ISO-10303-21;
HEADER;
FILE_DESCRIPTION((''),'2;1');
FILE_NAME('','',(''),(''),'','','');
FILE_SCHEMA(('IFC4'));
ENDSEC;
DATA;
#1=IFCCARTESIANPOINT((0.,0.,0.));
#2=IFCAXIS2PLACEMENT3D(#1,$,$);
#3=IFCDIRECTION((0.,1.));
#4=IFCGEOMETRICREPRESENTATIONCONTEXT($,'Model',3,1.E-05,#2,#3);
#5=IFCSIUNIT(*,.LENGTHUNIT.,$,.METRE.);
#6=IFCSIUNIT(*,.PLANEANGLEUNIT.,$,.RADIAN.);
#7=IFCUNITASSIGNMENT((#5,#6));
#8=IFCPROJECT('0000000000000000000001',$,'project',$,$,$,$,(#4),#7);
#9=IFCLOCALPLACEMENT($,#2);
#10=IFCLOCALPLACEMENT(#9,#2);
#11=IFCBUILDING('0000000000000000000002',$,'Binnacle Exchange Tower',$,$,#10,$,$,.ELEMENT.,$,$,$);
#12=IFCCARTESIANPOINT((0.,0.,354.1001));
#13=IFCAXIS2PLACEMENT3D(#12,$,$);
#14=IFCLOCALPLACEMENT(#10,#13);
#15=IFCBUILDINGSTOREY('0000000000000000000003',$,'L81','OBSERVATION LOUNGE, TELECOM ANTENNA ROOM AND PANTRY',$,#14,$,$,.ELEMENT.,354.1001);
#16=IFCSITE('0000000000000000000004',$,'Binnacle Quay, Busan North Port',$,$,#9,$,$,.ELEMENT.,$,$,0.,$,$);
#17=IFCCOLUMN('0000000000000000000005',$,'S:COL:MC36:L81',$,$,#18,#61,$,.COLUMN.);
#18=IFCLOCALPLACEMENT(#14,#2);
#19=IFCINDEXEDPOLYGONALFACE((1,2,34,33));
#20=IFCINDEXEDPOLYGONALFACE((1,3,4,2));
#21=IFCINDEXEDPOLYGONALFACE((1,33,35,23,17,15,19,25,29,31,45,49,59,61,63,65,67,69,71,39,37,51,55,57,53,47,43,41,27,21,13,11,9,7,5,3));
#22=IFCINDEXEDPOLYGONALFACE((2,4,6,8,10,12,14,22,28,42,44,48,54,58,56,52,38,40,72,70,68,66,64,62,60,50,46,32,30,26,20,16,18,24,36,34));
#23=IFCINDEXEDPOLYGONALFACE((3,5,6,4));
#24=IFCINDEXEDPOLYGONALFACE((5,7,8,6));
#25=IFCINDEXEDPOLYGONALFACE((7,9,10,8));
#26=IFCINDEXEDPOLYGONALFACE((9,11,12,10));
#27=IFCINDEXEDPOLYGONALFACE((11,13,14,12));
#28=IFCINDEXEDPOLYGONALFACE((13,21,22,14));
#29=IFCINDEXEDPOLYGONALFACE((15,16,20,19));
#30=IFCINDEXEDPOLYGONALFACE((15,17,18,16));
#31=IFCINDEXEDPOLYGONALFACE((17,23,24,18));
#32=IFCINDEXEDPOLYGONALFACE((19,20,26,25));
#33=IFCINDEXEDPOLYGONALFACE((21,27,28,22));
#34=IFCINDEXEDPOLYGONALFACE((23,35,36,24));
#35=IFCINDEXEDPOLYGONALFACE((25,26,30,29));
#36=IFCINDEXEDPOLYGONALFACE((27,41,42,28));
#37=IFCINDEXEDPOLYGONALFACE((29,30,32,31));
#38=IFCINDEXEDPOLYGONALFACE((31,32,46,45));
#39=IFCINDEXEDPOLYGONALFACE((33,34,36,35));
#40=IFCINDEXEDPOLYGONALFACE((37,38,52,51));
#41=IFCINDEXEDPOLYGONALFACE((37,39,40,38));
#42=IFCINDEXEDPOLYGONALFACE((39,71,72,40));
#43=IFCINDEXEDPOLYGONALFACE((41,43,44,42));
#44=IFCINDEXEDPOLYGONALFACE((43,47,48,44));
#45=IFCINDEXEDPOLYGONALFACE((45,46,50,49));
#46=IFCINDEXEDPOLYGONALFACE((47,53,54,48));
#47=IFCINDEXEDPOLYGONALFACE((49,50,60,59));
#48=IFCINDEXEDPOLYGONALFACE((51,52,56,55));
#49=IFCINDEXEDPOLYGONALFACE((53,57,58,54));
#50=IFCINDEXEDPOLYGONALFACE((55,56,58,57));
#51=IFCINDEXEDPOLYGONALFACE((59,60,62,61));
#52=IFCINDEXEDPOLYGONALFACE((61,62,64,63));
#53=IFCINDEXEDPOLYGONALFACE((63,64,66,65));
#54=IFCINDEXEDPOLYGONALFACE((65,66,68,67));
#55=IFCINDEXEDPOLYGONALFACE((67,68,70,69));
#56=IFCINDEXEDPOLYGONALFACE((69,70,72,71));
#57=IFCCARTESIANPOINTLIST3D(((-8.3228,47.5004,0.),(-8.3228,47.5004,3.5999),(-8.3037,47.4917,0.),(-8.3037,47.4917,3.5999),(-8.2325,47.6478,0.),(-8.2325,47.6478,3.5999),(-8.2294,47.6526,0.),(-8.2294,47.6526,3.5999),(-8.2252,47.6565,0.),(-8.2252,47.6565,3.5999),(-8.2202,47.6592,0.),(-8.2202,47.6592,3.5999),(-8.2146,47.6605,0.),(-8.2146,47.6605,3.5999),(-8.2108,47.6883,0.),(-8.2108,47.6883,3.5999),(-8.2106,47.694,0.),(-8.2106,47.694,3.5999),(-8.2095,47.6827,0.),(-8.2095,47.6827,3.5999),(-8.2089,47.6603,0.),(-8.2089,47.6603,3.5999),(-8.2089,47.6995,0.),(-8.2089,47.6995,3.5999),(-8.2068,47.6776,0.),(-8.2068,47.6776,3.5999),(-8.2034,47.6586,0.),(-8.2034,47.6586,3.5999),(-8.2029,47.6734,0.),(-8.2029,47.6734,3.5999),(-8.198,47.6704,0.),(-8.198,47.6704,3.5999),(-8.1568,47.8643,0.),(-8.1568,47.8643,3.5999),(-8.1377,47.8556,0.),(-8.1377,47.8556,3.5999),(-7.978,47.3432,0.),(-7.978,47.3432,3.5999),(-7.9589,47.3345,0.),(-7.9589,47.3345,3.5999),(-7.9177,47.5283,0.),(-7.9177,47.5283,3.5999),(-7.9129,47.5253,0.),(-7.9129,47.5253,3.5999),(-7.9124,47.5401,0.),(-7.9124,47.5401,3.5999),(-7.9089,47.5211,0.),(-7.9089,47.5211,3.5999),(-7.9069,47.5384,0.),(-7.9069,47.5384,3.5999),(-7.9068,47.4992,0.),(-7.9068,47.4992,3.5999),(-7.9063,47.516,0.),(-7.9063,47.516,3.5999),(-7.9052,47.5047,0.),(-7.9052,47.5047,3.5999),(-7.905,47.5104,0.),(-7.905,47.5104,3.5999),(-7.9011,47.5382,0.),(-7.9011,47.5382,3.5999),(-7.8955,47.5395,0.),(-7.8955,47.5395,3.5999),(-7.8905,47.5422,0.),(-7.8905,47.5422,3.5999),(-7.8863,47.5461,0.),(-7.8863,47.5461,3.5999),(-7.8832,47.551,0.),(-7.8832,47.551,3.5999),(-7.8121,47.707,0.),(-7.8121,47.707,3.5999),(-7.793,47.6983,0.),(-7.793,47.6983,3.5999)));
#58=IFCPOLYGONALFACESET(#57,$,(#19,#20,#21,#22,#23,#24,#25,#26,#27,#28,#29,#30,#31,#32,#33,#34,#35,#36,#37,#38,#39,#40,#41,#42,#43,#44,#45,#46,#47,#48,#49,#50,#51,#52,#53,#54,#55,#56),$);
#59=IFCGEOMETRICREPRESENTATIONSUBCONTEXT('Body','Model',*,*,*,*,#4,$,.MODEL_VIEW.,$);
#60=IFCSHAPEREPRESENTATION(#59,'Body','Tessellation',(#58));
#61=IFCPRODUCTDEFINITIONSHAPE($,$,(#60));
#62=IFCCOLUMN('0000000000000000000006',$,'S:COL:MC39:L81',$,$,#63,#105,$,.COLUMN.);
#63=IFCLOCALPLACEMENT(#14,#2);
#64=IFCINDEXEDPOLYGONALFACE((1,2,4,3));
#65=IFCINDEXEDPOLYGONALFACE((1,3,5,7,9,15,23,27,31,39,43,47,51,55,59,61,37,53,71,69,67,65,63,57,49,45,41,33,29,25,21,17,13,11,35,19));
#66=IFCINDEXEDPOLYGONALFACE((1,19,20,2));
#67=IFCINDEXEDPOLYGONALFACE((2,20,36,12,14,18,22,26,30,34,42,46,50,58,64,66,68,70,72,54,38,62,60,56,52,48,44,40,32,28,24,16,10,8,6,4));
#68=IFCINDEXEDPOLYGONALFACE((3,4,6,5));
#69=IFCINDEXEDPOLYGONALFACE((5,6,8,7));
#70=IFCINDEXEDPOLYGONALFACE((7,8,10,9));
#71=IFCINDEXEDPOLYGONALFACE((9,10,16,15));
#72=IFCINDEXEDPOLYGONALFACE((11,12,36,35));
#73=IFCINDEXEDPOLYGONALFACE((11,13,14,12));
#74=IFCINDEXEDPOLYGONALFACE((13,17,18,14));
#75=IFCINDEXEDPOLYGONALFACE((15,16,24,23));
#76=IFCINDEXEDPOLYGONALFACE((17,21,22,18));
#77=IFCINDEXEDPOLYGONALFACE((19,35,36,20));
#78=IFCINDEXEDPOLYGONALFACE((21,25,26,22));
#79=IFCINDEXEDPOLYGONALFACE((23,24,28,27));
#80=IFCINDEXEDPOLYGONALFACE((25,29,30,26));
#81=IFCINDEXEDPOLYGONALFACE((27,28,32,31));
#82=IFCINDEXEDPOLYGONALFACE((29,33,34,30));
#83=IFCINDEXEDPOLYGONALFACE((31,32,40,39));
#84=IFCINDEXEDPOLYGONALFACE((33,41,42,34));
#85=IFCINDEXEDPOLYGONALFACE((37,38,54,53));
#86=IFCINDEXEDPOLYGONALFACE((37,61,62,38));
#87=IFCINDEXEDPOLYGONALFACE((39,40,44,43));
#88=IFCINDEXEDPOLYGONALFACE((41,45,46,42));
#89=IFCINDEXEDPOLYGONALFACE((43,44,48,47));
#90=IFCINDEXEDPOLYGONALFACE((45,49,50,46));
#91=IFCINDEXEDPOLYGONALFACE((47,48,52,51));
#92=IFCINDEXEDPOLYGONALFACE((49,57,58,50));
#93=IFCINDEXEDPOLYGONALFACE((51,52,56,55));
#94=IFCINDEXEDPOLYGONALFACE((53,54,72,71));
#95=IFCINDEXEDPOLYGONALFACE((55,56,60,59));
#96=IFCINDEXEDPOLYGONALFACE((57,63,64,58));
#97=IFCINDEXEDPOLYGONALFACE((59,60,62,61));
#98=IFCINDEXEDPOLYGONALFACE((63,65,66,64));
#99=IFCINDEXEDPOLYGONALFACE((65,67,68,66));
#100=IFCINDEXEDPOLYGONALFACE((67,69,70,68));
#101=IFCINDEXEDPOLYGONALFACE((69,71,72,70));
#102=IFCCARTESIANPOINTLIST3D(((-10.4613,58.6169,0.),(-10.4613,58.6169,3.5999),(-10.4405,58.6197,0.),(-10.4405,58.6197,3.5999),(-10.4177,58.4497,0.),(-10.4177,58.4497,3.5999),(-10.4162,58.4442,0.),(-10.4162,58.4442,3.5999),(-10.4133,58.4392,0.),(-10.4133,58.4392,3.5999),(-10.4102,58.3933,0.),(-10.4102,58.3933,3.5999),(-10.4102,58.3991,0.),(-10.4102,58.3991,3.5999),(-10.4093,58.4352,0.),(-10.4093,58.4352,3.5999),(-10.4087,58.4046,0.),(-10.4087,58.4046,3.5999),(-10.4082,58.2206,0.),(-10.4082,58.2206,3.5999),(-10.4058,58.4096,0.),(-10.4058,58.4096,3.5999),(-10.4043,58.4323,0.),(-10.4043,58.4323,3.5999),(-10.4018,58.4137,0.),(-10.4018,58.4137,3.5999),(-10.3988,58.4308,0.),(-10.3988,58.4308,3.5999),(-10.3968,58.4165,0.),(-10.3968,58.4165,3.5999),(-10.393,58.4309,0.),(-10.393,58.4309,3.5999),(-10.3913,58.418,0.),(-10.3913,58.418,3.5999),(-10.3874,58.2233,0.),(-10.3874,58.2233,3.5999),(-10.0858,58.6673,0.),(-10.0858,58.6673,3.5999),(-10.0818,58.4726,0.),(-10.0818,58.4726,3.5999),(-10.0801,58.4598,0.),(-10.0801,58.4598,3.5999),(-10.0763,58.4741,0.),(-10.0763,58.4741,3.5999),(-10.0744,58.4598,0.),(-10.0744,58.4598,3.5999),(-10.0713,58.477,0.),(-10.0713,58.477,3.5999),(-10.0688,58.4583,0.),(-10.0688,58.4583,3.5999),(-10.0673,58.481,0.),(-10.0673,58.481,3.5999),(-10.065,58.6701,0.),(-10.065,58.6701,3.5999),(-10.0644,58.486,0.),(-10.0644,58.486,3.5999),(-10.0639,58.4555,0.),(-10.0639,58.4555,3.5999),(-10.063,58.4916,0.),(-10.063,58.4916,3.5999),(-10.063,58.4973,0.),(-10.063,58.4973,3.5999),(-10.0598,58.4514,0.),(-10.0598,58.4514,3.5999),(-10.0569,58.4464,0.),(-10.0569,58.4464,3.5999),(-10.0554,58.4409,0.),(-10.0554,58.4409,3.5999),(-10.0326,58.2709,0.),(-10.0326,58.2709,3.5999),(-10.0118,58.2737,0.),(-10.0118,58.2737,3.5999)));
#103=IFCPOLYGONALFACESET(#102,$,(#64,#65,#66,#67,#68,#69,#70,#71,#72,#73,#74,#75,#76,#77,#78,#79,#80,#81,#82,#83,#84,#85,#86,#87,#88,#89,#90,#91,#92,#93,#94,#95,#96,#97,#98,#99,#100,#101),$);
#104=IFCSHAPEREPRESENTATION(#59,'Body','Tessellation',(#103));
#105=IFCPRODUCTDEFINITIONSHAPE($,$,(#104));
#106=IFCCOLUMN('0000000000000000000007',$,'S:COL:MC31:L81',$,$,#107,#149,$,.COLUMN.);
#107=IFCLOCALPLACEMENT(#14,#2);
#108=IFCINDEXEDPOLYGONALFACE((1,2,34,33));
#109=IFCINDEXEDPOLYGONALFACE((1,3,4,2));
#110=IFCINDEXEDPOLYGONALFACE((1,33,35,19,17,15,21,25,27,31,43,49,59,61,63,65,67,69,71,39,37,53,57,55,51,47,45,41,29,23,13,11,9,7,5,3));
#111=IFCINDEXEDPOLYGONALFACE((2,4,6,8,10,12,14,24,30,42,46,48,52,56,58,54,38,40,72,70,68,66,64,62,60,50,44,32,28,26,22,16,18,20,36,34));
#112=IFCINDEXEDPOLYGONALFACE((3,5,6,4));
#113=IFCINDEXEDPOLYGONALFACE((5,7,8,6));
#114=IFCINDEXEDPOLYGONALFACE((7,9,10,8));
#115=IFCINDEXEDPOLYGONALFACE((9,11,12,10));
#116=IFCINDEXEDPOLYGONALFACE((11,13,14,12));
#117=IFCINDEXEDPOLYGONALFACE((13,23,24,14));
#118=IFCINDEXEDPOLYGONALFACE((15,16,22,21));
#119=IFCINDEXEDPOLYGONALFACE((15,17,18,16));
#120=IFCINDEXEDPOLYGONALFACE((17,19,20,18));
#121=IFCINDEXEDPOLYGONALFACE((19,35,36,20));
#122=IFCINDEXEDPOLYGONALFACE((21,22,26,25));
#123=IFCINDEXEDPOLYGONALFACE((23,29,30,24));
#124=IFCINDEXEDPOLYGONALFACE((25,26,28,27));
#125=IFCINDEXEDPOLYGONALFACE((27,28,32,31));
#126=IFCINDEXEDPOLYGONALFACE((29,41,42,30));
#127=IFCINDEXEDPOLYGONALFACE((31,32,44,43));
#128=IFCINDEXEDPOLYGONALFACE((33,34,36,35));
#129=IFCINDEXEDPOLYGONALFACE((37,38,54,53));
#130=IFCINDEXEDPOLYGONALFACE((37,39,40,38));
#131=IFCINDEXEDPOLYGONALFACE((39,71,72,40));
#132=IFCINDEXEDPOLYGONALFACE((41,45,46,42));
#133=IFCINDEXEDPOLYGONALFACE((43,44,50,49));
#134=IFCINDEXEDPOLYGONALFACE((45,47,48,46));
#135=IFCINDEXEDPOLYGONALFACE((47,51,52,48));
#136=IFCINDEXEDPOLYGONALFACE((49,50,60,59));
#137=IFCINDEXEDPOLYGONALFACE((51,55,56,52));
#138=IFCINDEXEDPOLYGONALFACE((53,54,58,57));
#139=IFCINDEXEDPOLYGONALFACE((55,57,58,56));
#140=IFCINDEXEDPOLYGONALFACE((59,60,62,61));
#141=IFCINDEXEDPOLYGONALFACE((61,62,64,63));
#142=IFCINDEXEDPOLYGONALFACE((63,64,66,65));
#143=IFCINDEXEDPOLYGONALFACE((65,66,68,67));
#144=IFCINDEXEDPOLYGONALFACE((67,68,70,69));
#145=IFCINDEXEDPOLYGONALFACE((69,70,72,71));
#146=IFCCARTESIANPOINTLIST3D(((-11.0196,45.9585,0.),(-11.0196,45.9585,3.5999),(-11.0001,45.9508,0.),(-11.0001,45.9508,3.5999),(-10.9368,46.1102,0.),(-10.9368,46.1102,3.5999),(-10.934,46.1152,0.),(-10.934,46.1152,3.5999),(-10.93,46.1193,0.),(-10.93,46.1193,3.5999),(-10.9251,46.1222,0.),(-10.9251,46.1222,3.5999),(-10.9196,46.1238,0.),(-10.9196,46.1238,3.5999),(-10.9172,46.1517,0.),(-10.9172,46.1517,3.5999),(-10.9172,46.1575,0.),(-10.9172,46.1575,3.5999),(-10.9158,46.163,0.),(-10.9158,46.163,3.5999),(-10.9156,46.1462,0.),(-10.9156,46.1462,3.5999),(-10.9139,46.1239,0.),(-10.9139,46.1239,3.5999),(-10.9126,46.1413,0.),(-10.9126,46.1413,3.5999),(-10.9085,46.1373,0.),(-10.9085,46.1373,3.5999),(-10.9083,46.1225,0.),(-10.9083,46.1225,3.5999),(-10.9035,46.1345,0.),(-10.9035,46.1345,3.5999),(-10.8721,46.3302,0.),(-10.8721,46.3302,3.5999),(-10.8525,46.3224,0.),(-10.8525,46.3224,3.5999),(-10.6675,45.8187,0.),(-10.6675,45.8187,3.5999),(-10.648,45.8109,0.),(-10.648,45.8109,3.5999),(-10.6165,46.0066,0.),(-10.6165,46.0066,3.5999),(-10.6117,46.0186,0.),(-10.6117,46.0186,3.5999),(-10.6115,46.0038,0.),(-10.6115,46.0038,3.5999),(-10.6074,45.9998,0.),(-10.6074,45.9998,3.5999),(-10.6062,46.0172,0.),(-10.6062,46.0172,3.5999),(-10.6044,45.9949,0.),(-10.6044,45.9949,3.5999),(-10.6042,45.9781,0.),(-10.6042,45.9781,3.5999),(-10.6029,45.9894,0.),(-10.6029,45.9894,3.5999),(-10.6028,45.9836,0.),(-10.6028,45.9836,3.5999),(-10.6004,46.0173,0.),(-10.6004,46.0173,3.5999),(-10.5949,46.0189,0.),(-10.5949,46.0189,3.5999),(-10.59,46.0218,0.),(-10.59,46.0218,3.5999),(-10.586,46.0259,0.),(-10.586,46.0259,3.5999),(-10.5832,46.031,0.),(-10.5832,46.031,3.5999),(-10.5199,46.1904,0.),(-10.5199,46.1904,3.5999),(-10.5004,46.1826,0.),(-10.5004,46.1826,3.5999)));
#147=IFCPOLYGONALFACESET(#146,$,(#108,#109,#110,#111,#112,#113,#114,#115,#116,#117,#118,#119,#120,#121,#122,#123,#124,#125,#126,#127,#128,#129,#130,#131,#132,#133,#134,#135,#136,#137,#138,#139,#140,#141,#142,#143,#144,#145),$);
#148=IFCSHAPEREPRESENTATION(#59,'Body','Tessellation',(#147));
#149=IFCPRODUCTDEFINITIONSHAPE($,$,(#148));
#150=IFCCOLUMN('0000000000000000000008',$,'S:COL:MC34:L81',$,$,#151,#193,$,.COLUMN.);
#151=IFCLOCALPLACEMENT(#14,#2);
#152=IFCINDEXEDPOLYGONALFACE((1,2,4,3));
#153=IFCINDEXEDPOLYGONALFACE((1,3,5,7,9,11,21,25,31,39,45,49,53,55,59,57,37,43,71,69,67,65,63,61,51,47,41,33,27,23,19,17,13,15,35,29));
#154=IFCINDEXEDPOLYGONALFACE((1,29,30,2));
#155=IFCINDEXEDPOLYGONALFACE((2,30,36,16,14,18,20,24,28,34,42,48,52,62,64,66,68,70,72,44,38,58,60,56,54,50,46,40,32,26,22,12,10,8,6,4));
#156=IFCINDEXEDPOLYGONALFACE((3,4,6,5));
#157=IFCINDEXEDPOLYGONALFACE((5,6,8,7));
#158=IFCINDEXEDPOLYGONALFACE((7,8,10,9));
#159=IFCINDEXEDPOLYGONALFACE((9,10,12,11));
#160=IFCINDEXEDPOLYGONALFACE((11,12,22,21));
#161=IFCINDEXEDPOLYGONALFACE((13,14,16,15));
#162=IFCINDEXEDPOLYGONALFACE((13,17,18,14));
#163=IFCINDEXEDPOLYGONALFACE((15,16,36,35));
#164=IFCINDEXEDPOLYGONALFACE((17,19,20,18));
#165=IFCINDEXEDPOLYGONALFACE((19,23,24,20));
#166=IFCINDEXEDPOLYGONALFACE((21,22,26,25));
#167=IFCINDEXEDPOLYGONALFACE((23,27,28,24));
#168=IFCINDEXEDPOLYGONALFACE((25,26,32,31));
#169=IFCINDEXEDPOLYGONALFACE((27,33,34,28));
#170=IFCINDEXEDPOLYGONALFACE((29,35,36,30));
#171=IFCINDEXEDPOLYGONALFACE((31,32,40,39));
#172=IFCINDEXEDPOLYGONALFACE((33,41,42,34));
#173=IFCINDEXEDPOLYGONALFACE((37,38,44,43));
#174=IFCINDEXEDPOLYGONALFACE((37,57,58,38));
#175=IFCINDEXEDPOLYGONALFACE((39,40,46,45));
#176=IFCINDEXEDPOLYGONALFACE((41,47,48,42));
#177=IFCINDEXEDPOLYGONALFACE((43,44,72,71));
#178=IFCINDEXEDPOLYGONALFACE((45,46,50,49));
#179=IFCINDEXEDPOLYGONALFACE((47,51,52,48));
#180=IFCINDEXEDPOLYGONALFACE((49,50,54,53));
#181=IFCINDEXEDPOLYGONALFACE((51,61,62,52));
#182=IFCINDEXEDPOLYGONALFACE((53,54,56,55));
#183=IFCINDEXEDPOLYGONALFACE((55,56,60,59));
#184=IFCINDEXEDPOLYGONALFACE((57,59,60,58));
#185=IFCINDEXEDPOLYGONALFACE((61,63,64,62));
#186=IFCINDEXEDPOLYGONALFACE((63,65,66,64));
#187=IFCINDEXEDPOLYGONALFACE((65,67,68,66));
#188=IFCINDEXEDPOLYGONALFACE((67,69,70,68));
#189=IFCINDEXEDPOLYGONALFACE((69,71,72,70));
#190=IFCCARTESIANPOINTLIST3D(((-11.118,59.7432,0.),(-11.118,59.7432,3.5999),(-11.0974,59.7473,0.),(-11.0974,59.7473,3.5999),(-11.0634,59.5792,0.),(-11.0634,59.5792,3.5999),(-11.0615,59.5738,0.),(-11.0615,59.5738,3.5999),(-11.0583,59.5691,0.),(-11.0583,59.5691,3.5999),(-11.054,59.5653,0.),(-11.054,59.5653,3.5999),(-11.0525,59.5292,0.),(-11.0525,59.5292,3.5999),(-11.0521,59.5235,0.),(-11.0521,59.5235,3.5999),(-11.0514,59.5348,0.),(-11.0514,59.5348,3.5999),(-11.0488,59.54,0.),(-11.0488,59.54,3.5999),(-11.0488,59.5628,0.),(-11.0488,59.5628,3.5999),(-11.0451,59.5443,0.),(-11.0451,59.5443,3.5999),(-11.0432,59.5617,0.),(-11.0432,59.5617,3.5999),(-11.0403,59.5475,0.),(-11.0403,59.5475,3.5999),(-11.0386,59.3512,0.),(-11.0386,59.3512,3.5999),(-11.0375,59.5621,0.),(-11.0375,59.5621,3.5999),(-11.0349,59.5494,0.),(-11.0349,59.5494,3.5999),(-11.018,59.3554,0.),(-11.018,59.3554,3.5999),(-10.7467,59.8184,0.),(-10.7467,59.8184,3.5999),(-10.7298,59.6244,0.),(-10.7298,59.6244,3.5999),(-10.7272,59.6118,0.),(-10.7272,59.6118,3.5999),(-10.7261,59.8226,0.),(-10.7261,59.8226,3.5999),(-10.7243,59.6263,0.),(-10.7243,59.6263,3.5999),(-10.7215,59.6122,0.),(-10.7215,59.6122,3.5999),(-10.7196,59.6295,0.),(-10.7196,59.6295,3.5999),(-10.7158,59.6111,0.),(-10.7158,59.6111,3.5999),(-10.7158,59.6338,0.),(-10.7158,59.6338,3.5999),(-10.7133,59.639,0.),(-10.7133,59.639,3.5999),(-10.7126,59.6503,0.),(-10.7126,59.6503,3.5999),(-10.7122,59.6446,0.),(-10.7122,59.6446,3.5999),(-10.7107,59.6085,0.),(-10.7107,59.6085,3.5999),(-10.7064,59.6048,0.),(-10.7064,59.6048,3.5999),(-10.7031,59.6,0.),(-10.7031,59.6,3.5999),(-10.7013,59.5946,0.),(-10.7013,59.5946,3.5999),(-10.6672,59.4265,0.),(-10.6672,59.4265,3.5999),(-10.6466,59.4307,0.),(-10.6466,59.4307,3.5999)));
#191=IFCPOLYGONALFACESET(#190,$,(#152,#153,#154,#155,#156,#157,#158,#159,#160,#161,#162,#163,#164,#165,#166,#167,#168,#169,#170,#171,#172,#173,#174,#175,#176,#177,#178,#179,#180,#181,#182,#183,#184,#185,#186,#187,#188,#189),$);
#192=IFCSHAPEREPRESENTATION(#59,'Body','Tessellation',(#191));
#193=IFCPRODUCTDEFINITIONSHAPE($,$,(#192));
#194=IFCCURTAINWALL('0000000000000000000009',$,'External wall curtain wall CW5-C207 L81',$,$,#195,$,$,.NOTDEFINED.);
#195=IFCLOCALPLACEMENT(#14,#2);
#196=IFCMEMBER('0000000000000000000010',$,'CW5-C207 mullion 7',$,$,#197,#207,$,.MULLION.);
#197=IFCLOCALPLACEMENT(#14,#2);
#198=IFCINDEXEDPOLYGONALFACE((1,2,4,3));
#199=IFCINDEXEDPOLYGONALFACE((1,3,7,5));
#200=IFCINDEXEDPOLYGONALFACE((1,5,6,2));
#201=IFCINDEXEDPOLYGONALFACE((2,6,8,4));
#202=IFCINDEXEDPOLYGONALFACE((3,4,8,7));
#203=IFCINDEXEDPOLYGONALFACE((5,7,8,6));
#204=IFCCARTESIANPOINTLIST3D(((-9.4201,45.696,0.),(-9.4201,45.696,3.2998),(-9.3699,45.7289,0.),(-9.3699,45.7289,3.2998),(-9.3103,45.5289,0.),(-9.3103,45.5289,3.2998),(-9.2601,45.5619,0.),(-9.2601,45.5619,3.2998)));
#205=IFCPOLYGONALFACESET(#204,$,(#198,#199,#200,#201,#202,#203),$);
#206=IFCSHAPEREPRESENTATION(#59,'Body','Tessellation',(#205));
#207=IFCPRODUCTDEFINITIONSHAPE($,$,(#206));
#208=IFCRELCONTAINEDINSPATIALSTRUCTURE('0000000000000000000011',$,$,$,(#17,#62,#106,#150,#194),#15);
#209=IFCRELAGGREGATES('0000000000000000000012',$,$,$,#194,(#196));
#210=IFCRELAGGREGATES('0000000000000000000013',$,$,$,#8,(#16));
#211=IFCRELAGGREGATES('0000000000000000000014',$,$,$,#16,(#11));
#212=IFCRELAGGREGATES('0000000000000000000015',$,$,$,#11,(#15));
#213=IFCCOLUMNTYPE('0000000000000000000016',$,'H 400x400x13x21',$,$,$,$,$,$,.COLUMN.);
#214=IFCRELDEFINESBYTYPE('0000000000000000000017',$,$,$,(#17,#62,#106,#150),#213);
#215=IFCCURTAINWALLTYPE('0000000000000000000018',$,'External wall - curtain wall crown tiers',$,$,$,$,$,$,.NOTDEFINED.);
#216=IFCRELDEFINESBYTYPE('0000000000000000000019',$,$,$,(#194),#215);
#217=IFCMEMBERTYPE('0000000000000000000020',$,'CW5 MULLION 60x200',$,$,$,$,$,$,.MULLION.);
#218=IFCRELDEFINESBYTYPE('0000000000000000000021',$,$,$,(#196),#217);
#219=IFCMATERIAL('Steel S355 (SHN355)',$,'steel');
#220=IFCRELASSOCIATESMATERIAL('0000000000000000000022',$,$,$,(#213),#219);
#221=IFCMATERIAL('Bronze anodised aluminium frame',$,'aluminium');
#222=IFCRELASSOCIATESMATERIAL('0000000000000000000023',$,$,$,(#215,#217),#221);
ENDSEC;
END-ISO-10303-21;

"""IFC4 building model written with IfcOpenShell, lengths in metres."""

from ifc_helpers import new_model, si_unit, direction, frame, origin, origin_2d, place, context, subcontext, project, spatial, rectangle, i_section, extrude, material, material_profile, profile_set, type_object, element, aggregate, save


model = new_model("IFC4")

# Units and contexts
model_context = context("Model", 3, precision=1e-05, world=origin(), true_north=direction((0.0, 1.0)))
body_context = subcontext(model_context, "Body", "Model", "MODEL_VIEW")
ifc_project = project(units=[si_unit("LENGTHUNIT", "METRE"), si_unit("PLANEANGLEUNIT", "RADIAN")], contexts=[model_context])

# Site, building, storey
site_placement = place(None, origin())
site = spatial("IfcSite", under=ifc_project, at=site_placement, Name="Binnacle Quay, Busan North Port", CompositionType="ELEMENT", RefElevation=0.0)
building_placement = place(site_placement, origin())
building = spatial("IfcBuilding", under=site, at=building_placement, Name="Binnacle Exchange Tower", CompositionType="ELEMENT")
storey_placement = place(building_placement, frame((0.0, 0.0, 354.1001)))
storey = spatial("IfcBuildingStorey", under=building, at=storey_placement, Name="L81", Description="OBSERVATION LOUNGE, TELECOM ANTENNA ROOM AND PANTRY", CompositionType="ELEMENT", Elevation=354.1001)

# Columns
ifc_material_1 = material(Name="Steel S355 (SHN355)", Category="steel")
ifc_material_profile_1 = material_profile(ifc_material_1, i_section(OverallWidth=0.3999, OverallDepth=0.3999, WebThickness=0.0129, FlangeThickness=0.021, FilletRadius=0.022, at=origin_2d()), Name="H 400x400x13x21")
ifc_profile_set_1 = profile_set([ifc_material_profile_1], Name="Steel S355 (SHN355)")
column_type = type_object("IfcColumnType", Name="H 400x400x13x21", PredefinedType="COLUMN", material=ifc_profile_set_1)
for number, where, z_axis, x_axis, name in (
    (1, (-8.0579, 47.5994, 0.0), (0.0, 0.0, 1.0), (0.415011, 0.909816, 0.0), "S:COL:MC36:L81"),
    (2, (-10.2366, 58.4453, 0.0), (0.0, 0.0, 1.0), (-0.132931, 0.991125, 0.0), "S:COL:MC39:L81"),
    (3, (-10.76, 46.0706, 0.0), (0.0, 0.0, 1.0), (0.369033, 0.929416, 0.0), "S:COL:MC31:L81"),
    (4, (-10.8823, 59.5869, 0.0), (0.0, 0.0, 1.0), (-0.198667, 0.980067, 0.0), "S:COL:MC34:L81"),
):
    element("IfcColumn", number, at=place(storey_placement, frame(where, z_axis=z_axis, x_axis=x_axis)), inside=storey, type_object=column_type, Name=name, PredefinedType="COLUMN", context=body_context, shape_type="SweptSolid", body=[
        extrude(i_section(OverallWidth=0.3999, OverallDepth=0.3999, WebThickness=0.0129, FlangeThickness=0.021, FilletRadius=0.022, at=origin_2d()), origin(), (0.0, 0.0, 1.0), 3.5999),
    ])

# Curtain wall, member
ifc_material_2 = material(Name="Bronze anodised aluminium frame", Category="aluminium")
curtain_wall_type = type_object("IfcCurtainWallType", Name="External wall - curtain wall crown tiers", PredefinedType="NOTDEFINED", material=ifc_material_2)
curtain_wall_placement = place(storey_placement, origin())
curtain_wall = element("IfcCurtainWall", 5, at=curtain_wall_placement, inside=storey, type_object=curtain_wall_type, Name="External wall curtain wall CW5-C207 L81", PredefinedType="NOTDEFINED")
ifc_material_profile_2 = material_profile(ifc_material_2, rectangle(XDim=0.2, YDim=0.0601, at=origin_2d()), Name="AL 60x200")
ifc_profile_set_2 = profile_set([ifc_material_profile_2], Name="Bronze anodised aluminium frame")
member_type = type_object("IfcMemberType", Name="CW5 MULLION 60x200", PredefinedType="MULLION", material=ifc_profile_set_2)
member_placement = place(storey_placement, frame((-9.3401, 45.6289, 0.0), z_axis=(0.0, 0.0, 1.0), x_axis=(-0.54931, 0.835618, 0.0)))
member = element("IfcMember", 6, at=member_placement, type_object=member_type, Name="CW5-C207 mullion 7", PredefinedType="MULLION", context=body_context, shape_type="SweptSolid", body=[
    extrude(rectangle(XDim=0.2, YDim=0.0601, at=origin_2d()), origin(), (0.0, 0.0, 1.0), 3.2998),
])

aggregate(curtain_wall, [member])

save(model, "model.ifc")
